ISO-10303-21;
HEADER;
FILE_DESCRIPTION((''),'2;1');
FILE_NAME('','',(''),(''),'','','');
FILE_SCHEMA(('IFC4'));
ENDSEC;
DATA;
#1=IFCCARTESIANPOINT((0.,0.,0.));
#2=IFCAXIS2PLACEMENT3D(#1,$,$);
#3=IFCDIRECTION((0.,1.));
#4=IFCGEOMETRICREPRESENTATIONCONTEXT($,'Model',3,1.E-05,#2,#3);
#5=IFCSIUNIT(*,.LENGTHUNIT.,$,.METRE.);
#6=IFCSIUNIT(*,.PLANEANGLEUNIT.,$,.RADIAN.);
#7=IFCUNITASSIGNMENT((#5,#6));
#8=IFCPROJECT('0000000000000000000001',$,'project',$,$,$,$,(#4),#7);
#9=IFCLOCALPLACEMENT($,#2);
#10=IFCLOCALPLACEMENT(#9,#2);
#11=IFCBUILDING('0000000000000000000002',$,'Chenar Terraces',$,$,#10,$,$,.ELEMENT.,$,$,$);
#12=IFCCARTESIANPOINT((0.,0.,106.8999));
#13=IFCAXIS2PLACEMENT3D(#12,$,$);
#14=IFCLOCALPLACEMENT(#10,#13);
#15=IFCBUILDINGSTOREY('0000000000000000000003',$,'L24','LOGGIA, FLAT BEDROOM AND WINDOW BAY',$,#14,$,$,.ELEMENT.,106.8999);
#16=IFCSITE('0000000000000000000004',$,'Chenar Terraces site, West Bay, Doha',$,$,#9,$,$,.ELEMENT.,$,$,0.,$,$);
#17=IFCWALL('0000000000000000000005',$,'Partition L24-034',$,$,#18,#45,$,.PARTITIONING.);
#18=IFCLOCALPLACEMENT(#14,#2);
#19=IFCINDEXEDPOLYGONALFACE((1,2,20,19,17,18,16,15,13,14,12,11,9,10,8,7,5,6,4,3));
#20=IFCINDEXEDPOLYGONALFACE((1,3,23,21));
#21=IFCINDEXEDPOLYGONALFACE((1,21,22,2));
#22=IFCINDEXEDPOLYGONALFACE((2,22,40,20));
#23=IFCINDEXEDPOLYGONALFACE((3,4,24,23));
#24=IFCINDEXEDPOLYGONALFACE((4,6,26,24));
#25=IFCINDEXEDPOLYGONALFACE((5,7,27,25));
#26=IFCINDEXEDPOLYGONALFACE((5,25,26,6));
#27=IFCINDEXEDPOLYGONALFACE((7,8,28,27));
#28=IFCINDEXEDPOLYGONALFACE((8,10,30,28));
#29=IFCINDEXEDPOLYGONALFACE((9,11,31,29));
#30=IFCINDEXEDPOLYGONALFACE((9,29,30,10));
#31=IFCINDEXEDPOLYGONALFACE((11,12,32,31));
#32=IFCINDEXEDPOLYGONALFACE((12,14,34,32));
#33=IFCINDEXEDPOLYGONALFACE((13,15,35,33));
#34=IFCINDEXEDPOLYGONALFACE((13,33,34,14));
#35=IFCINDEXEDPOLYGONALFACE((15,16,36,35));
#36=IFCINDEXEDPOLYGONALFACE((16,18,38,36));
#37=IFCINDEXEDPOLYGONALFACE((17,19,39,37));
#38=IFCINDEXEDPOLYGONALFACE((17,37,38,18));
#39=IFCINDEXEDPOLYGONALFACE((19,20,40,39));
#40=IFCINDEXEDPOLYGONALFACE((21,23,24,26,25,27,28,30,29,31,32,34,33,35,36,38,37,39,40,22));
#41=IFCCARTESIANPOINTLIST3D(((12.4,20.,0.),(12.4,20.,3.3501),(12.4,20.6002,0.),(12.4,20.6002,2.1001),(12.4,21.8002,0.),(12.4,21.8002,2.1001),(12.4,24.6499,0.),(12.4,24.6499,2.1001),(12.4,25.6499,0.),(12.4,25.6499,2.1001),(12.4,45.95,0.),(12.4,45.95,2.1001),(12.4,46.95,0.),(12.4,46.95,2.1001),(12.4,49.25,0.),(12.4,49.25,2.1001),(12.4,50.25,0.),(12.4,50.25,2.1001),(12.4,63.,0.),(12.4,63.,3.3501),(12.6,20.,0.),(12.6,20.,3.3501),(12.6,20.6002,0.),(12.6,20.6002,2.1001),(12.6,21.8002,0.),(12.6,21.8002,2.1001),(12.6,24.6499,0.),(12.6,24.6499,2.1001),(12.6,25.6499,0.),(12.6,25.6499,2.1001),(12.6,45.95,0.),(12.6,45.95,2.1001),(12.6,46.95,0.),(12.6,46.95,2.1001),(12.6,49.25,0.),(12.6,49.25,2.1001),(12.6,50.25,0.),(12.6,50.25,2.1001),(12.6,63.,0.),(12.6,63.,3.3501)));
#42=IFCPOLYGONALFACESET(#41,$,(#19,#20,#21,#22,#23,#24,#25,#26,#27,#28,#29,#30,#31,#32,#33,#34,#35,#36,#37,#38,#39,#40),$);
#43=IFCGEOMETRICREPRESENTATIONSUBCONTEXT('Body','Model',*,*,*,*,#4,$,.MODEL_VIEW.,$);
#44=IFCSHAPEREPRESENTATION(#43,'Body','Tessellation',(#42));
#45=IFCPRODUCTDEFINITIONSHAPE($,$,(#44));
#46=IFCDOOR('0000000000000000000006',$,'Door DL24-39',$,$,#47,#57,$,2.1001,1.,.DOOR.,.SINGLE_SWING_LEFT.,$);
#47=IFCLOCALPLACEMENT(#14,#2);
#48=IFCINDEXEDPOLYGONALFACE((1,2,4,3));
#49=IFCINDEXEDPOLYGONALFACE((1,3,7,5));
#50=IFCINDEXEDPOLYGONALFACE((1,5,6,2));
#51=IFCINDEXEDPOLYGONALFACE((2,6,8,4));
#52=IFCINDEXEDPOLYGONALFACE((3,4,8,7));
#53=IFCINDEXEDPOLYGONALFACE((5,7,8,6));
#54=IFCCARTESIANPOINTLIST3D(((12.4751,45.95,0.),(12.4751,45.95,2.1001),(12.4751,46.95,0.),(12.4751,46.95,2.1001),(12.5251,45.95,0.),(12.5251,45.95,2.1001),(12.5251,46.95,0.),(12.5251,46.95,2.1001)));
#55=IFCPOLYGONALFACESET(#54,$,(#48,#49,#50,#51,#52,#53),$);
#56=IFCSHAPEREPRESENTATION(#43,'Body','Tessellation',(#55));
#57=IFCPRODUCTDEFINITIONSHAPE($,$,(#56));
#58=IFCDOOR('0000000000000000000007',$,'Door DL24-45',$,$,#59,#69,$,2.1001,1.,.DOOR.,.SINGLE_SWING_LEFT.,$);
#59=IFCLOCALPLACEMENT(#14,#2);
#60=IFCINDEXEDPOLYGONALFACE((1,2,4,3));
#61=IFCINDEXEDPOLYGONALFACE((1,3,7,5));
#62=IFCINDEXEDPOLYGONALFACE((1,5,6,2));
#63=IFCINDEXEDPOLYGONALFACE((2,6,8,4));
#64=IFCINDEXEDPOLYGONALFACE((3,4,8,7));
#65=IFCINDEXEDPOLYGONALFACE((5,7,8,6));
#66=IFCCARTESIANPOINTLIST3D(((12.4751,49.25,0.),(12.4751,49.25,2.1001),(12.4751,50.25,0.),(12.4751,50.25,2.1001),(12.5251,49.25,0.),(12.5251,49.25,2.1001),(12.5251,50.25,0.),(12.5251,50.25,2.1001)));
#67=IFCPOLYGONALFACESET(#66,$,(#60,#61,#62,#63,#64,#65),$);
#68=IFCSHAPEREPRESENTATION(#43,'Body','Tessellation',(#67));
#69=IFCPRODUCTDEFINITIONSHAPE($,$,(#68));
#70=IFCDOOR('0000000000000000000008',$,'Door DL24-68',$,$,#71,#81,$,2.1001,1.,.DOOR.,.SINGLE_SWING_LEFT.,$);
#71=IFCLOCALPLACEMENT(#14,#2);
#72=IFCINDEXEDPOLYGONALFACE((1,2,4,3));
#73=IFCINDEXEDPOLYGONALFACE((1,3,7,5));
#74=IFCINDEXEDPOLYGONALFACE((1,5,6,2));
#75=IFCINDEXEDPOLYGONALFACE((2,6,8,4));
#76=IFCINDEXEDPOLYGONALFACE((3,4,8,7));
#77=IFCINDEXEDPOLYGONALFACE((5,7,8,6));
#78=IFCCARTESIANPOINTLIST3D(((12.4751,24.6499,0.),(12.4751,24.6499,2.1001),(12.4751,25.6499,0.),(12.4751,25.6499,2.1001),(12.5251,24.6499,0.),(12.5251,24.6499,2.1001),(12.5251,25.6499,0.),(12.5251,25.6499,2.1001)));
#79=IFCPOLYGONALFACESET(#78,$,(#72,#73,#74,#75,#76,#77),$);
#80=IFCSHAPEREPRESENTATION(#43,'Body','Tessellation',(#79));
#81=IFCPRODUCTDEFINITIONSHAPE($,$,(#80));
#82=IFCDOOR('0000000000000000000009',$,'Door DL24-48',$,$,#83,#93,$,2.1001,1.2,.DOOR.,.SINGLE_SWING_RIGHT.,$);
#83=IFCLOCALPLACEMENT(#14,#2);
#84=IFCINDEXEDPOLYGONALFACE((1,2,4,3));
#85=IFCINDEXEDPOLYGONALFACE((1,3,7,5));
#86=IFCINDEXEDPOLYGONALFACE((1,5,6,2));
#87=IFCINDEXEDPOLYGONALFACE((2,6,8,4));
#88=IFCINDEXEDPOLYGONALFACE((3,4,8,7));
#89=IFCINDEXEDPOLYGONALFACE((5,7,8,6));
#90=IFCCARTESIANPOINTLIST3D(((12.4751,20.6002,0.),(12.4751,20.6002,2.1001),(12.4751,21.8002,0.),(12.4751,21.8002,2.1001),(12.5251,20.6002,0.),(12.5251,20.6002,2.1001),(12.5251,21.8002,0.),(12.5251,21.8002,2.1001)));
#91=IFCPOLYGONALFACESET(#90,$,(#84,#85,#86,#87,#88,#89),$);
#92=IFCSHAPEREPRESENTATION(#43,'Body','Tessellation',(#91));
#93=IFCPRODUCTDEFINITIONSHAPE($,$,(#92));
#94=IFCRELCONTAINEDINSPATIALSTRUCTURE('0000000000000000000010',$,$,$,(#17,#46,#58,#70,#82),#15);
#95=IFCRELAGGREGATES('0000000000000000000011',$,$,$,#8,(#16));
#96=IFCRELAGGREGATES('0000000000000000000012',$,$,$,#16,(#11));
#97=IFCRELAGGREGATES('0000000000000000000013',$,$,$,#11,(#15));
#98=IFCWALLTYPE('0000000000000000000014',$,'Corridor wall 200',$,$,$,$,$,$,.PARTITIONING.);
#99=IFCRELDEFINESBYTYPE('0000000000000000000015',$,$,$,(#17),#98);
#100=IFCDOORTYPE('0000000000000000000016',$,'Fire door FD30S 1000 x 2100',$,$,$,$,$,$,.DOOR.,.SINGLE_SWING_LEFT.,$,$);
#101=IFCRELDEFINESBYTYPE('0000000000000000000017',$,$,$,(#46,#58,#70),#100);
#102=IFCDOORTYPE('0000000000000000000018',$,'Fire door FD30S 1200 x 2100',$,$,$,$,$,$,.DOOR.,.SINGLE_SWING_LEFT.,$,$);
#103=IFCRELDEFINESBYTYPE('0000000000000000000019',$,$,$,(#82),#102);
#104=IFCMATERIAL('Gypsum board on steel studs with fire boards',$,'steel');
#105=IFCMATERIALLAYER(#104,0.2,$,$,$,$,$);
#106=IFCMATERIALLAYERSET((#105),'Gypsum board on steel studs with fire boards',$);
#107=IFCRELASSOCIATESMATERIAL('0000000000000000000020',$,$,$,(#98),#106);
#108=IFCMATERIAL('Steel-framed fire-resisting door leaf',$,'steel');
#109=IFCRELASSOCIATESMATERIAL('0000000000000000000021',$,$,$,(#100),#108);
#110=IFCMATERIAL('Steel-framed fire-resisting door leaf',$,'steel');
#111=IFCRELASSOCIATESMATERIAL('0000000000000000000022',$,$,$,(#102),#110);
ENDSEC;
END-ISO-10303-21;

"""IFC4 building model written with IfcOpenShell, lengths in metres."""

from ifc_helpers import new_model, si_unit, direction, frame, frame_2d, origin, place, context, subcontext, project, spatial, rectangle, extrude, material, layer, layer_set, type_object, element, fill, save


model = new_model("IFC4")

# Units and contexts
model_context = context("Model", 3, precision=1e-05, world=origin(), true_north=direction((0.0, 1.0)))
body_context = subcontext(model_context, "Body", "Model", "MODEL_VIEW")
ifc_project = project(units=[si_unit("LENGTHUNIT", "METRE"), si_unit("PLANEANGLEUNIT", "RADIAN")], contexts=[model_context])

# Site, building, storey
site_placement = place(None, origin())
site = spatial("IfcSite", under=ifc_project, at=site_placement, Name="Chenar Terraces site, West Bay, Doha", CompositionType="ELEMENT", RefElevation=0.0)
building_placement = place(site_placement, origin())
building = spatial("IfcBuilding", under=site, at=building_placement, Name="Chenar Terraces", CompositionType="ELEMENT")
storey_placement = place(building_placement, frame((0.0, 0.0, 106.8999)))
storey = spatial("IfcBuildingStorey", under=building, at=storey_placement, Name="L24", Description="LOGGIA, FLAT BEDROOM AND WINDOW BAY", CompositionType="ELEMENT", Elevation=106.8999)

# Wall, openings, doors
ifc_material_1 = material(Name="Gypsum board on steel studs with fire boards", Category="steel")
ifc_layer_1 = layer(ifc_material_1, 0.2)
ifc_layer_set_1 = layer_set([ifc_layer_1], Name="Gypsum board on steel studs with fire boards")
wall_type_1 = type_object("IfcWallType", Name="Corridor wall 200", PredefinedType="PARTITIONING", material=ifc_layer_set_1)
wall_1_placement = place(storey_placement, frame((12.5, 20.0, 0.0), z_axis=(0.0, 0.0, 1.0), x_axis=(0.0, 1.0, 0.0)))
wall_1 = element("IfcWall", 1, at=wall_1_placement, inside=storey, type_object=wall_type_1, Name="Partition L24-034", PredefinedType="PARTITIONING", context=body_context, shape_type="SweptSolid", body=[
    extrude(rectangle(XDim=43.0, YDim=0.2, at=frame_2d((21.5, 0.0))), origin(), (0.0, 0.0, 1.0), 3.3501),
])
opening_1_placement = place(wall_1_placement, frame((25.95, 0.0, 0.0)))
opening_1 = element("IfcOpeningElement", 2, at=opening_1_placement, cuts=wall_1, PredefinedType="OPENING", context=body_context, shape_type="SweptSolid", body=[
    extrude(rectangle(XDim=1.0, YDim=2.1001, at=frame_2d((0.5, 1.05))), frame((0.0, 0.1099, 0.0), z_axis=(0.0, -1.0, 0.0), x_axis=(1.0, 0.0, 0.0)), (0.0, 0.0, 1.0), 0.22),
])
opening_2_placement = place(wall_1_placement, frame((29.25, 0.0, 0.0)))
opening_2 = element("IfcOpeningElement", 3, at=opening_2_placement, cuts=wall_1, PredefinedType="OPENING", context=body_context, shape_type="SweptSolid", body=[
    extrude(rectangle(XDim=1.0, YDim=2.1001, at=frame_2d((0.5, 1.05))), frame((0.0, 0.1099, 0.0), z_axis=(0.0, -1.0, 0.0), x_axis=(1.0, 0.0, 0.0)), (0.0, 0.0, 1.0), 0.22),
])
opening_3_placement = place(wall_1_placement, frame((0.6001, 0.0, 0.0)))
opening_3 = element("IfcOpeningElement", 4, at=opening_3_placement, cuts=wall_1, PredefinedType="OPENING", context=body_context, shape_type="SweptSolid", body=[
    extrude(rectangle(XDim=1.2, YDim=2.1001, at=frame_2d((0.6001, 1.05))), frame((0.0, 0.1099, 0.0), z_axis=(0.0, -1.0, 0.0), x_axis=(1.0, 0.0, 0.0)), (0.0, 0.0, 1.0), 0.22),
])
opening_4_placement = place(wall_1_placement, frame((4.6499, 0.0, 0.0)))
opening_4 = element("IfcOpeningElement", 5, at=opening_4_placement, cuts=wall_1, PredefinedType="OPENING", context=body_context, shape_type="SweptSolid", body=[
    extrude(rectangle(XDim=1.0, YDim=2.1001, at=frame_2d((0.5, 1.05))), frame((0.0, 0.1099, 0.0), z_axis=(0.0, -1.0, 0.0), x_axis=(1.0, 0.0, 0.0)), (0.0, 0.0, 1.0), 0.22),
])
ifc_material_2 = material(Name="Steel-framed fire-resisting door leaf", Category="steel")
door_type_1 = type_object("IfcDoorType", Name="Fire door FD30S 1000 x 2100", OperationType="SINGLE_SWING_LEFT", PredefinedType="DOOR", material=ifc_material_2)
door_1_placement = place(opening_1_placement, origin())
door_1 = element("IfcDoor", 6, at=door_1_placement, inside=storey, type_object=door_type_1, Name="Door DL24-39", OperationType="SINGLE_SWING_LEFT", OverallHeight=2.1001, OverallWidth=1.0, PredefinedType="DOOR", context=body_context, shape_type="SweptSolid", body=[
    extrude(rectangle(XDim=1.0, YDim=2.1001, at=frame_2d((0.5, 1.05))), frame((0.0, 0.0249, 0.0), z_axis=(0.0, -1.0, 0.0), x_axis=(1.0, 0.0, 0.0)), (0.0, 0.0, 1.0), 0.05),
])
fill(opening_1, door_1)
door_2_placement = place(opening_2_placement, origin())
door_2 = element("IfcDoor", 7, at=door_2_placement, inside=storey, type_object=door_type_1, Name="Door DL24-45", OperationType="SINGLE_SWING_LEFT", OverallHeight=2.1001, OverallWidth=1.0, PredefinedType="DOOR", context=body_context, shape_type="SweptSolid", body=[
    extrude(rectangle(XDim=1.0, YDim=2.1001, at=frame_2d((0.5, 1.05))), frame((0.0, 0.0249, 0.0), z_axis=(0.0, -1.0, 0.0), x_axis=(1.0, 0.0, 0.0)), (0.0, 0.0, 1.0), 0.05),
])
fill(opening_2, door_2)
door_3_placement = place(opening_4_placement, origin())
door_3 = element("IfcDoor", 8, at=door_3_placement, inside=storey, type_object=door_type_1, Name="Door DL24-68", OperationType="SINGLE_SWING_LEFT", OverallHeight=2.1001, OverallWidth=1.0, PredefinedType="DOOR", context=body_context, shape_type="SweptSolid", body=[
    extrude(rectangle(XDim=1.0, YDim=2.1001, at=frame_2d((0.5, 1.05))), frame((0.0, 0.0249, 0.0), z_axis=(0.0, -1.0, 0.0), x_axis=(1.0, 0.0, 0.0)), (0.0, 0.0, 1.0), 0.05),
])
fill(opening_4, door_3)
ifc_material_3 = material(Name="Steel-framed fire-resisting door leaf", Category="steel")
door_type_2 = type_object("IfcDoorType", Name="Fire door FD30S 1200 x 2100", OperationType="SINGLE_SWING_LEFT", PredefinedType="DOOR", material=ifc_material_3)
door_4_placement = place(opening_3_placement, origin())
door_4 = element("IfcDoor", 9, at=door_4_placement, inside=storey, type_object=door_type_2, Name="Door DL24-48", OperationType="SINGLE_SWING_RIGHT", OverallHeight=2.1001, OverallWidth=1.2, PredefinedType="DOOR", context=body_context, shape_type="SweptSolid", body=[
    extrude(rectangle(XDim=1.2, YDim=2.1001, at=frame_2d((0.6001, 1.05))), frame((0.0, 0.0249, 0.0), z_axis=(0.0, -1.0, 0.0), x_axis=(1.0, 0.0, 0.0)), (0.0, 0.0, 1.0), 0.05),
])
fill(opening_3, door_4)

save(model, "model.ifc")
